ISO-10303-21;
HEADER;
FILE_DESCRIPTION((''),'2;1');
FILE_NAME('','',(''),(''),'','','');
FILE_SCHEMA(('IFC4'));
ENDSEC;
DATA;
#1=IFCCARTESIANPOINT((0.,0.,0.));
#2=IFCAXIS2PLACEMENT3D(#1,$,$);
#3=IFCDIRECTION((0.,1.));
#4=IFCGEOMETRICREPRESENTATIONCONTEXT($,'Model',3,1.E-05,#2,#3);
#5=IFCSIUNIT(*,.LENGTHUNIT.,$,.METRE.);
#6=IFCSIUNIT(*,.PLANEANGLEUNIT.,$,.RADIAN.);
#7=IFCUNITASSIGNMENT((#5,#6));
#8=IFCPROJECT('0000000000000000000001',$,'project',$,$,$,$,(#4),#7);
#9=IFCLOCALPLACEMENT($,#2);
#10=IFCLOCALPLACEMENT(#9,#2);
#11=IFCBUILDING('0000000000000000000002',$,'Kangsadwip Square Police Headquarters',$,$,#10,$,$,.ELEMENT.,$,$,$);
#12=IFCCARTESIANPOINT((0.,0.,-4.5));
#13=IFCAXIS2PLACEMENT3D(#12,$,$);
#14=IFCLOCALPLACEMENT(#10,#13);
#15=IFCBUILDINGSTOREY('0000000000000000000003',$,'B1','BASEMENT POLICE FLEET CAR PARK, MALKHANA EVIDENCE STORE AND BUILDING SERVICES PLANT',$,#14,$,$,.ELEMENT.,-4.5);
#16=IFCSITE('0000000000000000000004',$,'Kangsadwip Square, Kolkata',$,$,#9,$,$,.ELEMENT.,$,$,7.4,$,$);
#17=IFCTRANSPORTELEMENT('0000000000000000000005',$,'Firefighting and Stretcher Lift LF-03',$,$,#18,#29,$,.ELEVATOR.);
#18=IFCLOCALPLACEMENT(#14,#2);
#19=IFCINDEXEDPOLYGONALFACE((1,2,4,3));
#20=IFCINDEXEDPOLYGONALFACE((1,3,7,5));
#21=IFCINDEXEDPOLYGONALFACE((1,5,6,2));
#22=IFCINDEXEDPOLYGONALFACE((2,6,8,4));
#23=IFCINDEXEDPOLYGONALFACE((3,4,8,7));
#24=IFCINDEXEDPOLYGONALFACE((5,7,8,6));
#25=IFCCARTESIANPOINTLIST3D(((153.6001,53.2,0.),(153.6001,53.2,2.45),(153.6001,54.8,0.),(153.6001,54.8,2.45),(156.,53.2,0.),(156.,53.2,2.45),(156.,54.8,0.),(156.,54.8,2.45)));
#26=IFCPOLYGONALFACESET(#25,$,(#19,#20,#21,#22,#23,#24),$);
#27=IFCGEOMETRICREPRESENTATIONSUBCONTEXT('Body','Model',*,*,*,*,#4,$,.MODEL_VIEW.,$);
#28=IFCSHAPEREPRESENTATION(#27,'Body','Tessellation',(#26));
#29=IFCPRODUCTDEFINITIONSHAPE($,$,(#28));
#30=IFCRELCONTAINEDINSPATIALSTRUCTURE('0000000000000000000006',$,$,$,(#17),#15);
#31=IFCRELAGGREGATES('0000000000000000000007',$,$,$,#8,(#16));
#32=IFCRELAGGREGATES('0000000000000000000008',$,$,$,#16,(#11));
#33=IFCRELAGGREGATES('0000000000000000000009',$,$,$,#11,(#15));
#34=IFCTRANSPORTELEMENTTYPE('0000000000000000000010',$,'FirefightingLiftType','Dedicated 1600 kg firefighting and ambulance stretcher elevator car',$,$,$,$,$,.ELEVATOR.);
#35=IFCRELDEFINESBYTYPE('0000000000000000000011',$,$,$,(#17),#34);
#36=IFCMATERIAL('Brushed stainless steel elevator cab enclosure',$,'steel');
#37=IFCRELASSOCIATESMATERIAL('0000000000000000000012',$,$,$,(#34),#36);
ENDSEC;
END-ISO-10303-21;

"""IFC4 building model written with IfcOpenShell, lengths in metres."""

from ifc_helpers import new_model, si_unit, direction, frame, origin, origin_2d, place, context, subcontext, project, spatial, rectangle, extrude, material, type_object, element, save


model = new_model("IFC4")

# Units and contexts
model_context = context("Model", 3, precision=1e-05, world=origin(), true_north=direction((0.0, 1.0)))
body_context = subcontext(model_context, "Body", "Model", "MODEL_VIEW")
ifc_project = project(units=[si_unit("LENGTHUNIT", "METRE"), si_unit("PLANEANGLEUNIT", "RADIAN")], contexts=[model_context])

# Site, building, storey
site_placement = place(None, origin())
site = spatial("IfcSite", under=ifc_project, at=site_placement, Name="Kangsadwip Square, Kolkata", CompositionType="ELEMENT", RefElevation=7.4)
building_placement = place(site_placement, origin())
building = spatial("IfcBuilding", under=site, at=building_placement, Name="Kangsadwip Square Police Headquarters", CompositionType="ELEMENT")
storey_placement = place(building_placement, frame((0.0, 0.0, -4.5)))
storey = spatial("IfcBuildingStorey", under=building, at=storey_placement, Name="B1", Description="BASEMENT POLICE FLEET CAR PARK, MALKHANA EVIDENCE STORE AND BUILDING SERVICES PLANT", CompositionType="ELEMENT", Elevation=-4.5)

# Transport element
ifc_material_1 = material(Name="Brushed stainless steel elevator cab enclosure", Category="steel")
transport_element_type = type_object("IfcTransportElementType", Name="FirefightingLiftType", Description="Dedicated 1600 kg firefighting and ambulance stretcher elevator car", PredefinedType="ELEVATOR", material=ifc_material_1)
transport_element_placement = place(storey_placement, frame((154.8, 54.0, 0.0), z_axis=(0.0, 0.0, 1.0), x_axis=(1.0, 0.0, 0.0)))
element("IfcTransportElement", 1, at=transport_element_placement, inside=storey, type_object=transport_element_type, Name="Firefighting and Stretcher Lift LF-03", PredefinedType="ELEVATOR", context=body_context, shape_type="SweptSolid", body=[
    extrude(rectangle(XDim=2.3999, YDim=1.6001, at=origin_2d()), origin(), (0.0, 0.0, 1.0), 2.45),
])

save(model, "model.ifc")
